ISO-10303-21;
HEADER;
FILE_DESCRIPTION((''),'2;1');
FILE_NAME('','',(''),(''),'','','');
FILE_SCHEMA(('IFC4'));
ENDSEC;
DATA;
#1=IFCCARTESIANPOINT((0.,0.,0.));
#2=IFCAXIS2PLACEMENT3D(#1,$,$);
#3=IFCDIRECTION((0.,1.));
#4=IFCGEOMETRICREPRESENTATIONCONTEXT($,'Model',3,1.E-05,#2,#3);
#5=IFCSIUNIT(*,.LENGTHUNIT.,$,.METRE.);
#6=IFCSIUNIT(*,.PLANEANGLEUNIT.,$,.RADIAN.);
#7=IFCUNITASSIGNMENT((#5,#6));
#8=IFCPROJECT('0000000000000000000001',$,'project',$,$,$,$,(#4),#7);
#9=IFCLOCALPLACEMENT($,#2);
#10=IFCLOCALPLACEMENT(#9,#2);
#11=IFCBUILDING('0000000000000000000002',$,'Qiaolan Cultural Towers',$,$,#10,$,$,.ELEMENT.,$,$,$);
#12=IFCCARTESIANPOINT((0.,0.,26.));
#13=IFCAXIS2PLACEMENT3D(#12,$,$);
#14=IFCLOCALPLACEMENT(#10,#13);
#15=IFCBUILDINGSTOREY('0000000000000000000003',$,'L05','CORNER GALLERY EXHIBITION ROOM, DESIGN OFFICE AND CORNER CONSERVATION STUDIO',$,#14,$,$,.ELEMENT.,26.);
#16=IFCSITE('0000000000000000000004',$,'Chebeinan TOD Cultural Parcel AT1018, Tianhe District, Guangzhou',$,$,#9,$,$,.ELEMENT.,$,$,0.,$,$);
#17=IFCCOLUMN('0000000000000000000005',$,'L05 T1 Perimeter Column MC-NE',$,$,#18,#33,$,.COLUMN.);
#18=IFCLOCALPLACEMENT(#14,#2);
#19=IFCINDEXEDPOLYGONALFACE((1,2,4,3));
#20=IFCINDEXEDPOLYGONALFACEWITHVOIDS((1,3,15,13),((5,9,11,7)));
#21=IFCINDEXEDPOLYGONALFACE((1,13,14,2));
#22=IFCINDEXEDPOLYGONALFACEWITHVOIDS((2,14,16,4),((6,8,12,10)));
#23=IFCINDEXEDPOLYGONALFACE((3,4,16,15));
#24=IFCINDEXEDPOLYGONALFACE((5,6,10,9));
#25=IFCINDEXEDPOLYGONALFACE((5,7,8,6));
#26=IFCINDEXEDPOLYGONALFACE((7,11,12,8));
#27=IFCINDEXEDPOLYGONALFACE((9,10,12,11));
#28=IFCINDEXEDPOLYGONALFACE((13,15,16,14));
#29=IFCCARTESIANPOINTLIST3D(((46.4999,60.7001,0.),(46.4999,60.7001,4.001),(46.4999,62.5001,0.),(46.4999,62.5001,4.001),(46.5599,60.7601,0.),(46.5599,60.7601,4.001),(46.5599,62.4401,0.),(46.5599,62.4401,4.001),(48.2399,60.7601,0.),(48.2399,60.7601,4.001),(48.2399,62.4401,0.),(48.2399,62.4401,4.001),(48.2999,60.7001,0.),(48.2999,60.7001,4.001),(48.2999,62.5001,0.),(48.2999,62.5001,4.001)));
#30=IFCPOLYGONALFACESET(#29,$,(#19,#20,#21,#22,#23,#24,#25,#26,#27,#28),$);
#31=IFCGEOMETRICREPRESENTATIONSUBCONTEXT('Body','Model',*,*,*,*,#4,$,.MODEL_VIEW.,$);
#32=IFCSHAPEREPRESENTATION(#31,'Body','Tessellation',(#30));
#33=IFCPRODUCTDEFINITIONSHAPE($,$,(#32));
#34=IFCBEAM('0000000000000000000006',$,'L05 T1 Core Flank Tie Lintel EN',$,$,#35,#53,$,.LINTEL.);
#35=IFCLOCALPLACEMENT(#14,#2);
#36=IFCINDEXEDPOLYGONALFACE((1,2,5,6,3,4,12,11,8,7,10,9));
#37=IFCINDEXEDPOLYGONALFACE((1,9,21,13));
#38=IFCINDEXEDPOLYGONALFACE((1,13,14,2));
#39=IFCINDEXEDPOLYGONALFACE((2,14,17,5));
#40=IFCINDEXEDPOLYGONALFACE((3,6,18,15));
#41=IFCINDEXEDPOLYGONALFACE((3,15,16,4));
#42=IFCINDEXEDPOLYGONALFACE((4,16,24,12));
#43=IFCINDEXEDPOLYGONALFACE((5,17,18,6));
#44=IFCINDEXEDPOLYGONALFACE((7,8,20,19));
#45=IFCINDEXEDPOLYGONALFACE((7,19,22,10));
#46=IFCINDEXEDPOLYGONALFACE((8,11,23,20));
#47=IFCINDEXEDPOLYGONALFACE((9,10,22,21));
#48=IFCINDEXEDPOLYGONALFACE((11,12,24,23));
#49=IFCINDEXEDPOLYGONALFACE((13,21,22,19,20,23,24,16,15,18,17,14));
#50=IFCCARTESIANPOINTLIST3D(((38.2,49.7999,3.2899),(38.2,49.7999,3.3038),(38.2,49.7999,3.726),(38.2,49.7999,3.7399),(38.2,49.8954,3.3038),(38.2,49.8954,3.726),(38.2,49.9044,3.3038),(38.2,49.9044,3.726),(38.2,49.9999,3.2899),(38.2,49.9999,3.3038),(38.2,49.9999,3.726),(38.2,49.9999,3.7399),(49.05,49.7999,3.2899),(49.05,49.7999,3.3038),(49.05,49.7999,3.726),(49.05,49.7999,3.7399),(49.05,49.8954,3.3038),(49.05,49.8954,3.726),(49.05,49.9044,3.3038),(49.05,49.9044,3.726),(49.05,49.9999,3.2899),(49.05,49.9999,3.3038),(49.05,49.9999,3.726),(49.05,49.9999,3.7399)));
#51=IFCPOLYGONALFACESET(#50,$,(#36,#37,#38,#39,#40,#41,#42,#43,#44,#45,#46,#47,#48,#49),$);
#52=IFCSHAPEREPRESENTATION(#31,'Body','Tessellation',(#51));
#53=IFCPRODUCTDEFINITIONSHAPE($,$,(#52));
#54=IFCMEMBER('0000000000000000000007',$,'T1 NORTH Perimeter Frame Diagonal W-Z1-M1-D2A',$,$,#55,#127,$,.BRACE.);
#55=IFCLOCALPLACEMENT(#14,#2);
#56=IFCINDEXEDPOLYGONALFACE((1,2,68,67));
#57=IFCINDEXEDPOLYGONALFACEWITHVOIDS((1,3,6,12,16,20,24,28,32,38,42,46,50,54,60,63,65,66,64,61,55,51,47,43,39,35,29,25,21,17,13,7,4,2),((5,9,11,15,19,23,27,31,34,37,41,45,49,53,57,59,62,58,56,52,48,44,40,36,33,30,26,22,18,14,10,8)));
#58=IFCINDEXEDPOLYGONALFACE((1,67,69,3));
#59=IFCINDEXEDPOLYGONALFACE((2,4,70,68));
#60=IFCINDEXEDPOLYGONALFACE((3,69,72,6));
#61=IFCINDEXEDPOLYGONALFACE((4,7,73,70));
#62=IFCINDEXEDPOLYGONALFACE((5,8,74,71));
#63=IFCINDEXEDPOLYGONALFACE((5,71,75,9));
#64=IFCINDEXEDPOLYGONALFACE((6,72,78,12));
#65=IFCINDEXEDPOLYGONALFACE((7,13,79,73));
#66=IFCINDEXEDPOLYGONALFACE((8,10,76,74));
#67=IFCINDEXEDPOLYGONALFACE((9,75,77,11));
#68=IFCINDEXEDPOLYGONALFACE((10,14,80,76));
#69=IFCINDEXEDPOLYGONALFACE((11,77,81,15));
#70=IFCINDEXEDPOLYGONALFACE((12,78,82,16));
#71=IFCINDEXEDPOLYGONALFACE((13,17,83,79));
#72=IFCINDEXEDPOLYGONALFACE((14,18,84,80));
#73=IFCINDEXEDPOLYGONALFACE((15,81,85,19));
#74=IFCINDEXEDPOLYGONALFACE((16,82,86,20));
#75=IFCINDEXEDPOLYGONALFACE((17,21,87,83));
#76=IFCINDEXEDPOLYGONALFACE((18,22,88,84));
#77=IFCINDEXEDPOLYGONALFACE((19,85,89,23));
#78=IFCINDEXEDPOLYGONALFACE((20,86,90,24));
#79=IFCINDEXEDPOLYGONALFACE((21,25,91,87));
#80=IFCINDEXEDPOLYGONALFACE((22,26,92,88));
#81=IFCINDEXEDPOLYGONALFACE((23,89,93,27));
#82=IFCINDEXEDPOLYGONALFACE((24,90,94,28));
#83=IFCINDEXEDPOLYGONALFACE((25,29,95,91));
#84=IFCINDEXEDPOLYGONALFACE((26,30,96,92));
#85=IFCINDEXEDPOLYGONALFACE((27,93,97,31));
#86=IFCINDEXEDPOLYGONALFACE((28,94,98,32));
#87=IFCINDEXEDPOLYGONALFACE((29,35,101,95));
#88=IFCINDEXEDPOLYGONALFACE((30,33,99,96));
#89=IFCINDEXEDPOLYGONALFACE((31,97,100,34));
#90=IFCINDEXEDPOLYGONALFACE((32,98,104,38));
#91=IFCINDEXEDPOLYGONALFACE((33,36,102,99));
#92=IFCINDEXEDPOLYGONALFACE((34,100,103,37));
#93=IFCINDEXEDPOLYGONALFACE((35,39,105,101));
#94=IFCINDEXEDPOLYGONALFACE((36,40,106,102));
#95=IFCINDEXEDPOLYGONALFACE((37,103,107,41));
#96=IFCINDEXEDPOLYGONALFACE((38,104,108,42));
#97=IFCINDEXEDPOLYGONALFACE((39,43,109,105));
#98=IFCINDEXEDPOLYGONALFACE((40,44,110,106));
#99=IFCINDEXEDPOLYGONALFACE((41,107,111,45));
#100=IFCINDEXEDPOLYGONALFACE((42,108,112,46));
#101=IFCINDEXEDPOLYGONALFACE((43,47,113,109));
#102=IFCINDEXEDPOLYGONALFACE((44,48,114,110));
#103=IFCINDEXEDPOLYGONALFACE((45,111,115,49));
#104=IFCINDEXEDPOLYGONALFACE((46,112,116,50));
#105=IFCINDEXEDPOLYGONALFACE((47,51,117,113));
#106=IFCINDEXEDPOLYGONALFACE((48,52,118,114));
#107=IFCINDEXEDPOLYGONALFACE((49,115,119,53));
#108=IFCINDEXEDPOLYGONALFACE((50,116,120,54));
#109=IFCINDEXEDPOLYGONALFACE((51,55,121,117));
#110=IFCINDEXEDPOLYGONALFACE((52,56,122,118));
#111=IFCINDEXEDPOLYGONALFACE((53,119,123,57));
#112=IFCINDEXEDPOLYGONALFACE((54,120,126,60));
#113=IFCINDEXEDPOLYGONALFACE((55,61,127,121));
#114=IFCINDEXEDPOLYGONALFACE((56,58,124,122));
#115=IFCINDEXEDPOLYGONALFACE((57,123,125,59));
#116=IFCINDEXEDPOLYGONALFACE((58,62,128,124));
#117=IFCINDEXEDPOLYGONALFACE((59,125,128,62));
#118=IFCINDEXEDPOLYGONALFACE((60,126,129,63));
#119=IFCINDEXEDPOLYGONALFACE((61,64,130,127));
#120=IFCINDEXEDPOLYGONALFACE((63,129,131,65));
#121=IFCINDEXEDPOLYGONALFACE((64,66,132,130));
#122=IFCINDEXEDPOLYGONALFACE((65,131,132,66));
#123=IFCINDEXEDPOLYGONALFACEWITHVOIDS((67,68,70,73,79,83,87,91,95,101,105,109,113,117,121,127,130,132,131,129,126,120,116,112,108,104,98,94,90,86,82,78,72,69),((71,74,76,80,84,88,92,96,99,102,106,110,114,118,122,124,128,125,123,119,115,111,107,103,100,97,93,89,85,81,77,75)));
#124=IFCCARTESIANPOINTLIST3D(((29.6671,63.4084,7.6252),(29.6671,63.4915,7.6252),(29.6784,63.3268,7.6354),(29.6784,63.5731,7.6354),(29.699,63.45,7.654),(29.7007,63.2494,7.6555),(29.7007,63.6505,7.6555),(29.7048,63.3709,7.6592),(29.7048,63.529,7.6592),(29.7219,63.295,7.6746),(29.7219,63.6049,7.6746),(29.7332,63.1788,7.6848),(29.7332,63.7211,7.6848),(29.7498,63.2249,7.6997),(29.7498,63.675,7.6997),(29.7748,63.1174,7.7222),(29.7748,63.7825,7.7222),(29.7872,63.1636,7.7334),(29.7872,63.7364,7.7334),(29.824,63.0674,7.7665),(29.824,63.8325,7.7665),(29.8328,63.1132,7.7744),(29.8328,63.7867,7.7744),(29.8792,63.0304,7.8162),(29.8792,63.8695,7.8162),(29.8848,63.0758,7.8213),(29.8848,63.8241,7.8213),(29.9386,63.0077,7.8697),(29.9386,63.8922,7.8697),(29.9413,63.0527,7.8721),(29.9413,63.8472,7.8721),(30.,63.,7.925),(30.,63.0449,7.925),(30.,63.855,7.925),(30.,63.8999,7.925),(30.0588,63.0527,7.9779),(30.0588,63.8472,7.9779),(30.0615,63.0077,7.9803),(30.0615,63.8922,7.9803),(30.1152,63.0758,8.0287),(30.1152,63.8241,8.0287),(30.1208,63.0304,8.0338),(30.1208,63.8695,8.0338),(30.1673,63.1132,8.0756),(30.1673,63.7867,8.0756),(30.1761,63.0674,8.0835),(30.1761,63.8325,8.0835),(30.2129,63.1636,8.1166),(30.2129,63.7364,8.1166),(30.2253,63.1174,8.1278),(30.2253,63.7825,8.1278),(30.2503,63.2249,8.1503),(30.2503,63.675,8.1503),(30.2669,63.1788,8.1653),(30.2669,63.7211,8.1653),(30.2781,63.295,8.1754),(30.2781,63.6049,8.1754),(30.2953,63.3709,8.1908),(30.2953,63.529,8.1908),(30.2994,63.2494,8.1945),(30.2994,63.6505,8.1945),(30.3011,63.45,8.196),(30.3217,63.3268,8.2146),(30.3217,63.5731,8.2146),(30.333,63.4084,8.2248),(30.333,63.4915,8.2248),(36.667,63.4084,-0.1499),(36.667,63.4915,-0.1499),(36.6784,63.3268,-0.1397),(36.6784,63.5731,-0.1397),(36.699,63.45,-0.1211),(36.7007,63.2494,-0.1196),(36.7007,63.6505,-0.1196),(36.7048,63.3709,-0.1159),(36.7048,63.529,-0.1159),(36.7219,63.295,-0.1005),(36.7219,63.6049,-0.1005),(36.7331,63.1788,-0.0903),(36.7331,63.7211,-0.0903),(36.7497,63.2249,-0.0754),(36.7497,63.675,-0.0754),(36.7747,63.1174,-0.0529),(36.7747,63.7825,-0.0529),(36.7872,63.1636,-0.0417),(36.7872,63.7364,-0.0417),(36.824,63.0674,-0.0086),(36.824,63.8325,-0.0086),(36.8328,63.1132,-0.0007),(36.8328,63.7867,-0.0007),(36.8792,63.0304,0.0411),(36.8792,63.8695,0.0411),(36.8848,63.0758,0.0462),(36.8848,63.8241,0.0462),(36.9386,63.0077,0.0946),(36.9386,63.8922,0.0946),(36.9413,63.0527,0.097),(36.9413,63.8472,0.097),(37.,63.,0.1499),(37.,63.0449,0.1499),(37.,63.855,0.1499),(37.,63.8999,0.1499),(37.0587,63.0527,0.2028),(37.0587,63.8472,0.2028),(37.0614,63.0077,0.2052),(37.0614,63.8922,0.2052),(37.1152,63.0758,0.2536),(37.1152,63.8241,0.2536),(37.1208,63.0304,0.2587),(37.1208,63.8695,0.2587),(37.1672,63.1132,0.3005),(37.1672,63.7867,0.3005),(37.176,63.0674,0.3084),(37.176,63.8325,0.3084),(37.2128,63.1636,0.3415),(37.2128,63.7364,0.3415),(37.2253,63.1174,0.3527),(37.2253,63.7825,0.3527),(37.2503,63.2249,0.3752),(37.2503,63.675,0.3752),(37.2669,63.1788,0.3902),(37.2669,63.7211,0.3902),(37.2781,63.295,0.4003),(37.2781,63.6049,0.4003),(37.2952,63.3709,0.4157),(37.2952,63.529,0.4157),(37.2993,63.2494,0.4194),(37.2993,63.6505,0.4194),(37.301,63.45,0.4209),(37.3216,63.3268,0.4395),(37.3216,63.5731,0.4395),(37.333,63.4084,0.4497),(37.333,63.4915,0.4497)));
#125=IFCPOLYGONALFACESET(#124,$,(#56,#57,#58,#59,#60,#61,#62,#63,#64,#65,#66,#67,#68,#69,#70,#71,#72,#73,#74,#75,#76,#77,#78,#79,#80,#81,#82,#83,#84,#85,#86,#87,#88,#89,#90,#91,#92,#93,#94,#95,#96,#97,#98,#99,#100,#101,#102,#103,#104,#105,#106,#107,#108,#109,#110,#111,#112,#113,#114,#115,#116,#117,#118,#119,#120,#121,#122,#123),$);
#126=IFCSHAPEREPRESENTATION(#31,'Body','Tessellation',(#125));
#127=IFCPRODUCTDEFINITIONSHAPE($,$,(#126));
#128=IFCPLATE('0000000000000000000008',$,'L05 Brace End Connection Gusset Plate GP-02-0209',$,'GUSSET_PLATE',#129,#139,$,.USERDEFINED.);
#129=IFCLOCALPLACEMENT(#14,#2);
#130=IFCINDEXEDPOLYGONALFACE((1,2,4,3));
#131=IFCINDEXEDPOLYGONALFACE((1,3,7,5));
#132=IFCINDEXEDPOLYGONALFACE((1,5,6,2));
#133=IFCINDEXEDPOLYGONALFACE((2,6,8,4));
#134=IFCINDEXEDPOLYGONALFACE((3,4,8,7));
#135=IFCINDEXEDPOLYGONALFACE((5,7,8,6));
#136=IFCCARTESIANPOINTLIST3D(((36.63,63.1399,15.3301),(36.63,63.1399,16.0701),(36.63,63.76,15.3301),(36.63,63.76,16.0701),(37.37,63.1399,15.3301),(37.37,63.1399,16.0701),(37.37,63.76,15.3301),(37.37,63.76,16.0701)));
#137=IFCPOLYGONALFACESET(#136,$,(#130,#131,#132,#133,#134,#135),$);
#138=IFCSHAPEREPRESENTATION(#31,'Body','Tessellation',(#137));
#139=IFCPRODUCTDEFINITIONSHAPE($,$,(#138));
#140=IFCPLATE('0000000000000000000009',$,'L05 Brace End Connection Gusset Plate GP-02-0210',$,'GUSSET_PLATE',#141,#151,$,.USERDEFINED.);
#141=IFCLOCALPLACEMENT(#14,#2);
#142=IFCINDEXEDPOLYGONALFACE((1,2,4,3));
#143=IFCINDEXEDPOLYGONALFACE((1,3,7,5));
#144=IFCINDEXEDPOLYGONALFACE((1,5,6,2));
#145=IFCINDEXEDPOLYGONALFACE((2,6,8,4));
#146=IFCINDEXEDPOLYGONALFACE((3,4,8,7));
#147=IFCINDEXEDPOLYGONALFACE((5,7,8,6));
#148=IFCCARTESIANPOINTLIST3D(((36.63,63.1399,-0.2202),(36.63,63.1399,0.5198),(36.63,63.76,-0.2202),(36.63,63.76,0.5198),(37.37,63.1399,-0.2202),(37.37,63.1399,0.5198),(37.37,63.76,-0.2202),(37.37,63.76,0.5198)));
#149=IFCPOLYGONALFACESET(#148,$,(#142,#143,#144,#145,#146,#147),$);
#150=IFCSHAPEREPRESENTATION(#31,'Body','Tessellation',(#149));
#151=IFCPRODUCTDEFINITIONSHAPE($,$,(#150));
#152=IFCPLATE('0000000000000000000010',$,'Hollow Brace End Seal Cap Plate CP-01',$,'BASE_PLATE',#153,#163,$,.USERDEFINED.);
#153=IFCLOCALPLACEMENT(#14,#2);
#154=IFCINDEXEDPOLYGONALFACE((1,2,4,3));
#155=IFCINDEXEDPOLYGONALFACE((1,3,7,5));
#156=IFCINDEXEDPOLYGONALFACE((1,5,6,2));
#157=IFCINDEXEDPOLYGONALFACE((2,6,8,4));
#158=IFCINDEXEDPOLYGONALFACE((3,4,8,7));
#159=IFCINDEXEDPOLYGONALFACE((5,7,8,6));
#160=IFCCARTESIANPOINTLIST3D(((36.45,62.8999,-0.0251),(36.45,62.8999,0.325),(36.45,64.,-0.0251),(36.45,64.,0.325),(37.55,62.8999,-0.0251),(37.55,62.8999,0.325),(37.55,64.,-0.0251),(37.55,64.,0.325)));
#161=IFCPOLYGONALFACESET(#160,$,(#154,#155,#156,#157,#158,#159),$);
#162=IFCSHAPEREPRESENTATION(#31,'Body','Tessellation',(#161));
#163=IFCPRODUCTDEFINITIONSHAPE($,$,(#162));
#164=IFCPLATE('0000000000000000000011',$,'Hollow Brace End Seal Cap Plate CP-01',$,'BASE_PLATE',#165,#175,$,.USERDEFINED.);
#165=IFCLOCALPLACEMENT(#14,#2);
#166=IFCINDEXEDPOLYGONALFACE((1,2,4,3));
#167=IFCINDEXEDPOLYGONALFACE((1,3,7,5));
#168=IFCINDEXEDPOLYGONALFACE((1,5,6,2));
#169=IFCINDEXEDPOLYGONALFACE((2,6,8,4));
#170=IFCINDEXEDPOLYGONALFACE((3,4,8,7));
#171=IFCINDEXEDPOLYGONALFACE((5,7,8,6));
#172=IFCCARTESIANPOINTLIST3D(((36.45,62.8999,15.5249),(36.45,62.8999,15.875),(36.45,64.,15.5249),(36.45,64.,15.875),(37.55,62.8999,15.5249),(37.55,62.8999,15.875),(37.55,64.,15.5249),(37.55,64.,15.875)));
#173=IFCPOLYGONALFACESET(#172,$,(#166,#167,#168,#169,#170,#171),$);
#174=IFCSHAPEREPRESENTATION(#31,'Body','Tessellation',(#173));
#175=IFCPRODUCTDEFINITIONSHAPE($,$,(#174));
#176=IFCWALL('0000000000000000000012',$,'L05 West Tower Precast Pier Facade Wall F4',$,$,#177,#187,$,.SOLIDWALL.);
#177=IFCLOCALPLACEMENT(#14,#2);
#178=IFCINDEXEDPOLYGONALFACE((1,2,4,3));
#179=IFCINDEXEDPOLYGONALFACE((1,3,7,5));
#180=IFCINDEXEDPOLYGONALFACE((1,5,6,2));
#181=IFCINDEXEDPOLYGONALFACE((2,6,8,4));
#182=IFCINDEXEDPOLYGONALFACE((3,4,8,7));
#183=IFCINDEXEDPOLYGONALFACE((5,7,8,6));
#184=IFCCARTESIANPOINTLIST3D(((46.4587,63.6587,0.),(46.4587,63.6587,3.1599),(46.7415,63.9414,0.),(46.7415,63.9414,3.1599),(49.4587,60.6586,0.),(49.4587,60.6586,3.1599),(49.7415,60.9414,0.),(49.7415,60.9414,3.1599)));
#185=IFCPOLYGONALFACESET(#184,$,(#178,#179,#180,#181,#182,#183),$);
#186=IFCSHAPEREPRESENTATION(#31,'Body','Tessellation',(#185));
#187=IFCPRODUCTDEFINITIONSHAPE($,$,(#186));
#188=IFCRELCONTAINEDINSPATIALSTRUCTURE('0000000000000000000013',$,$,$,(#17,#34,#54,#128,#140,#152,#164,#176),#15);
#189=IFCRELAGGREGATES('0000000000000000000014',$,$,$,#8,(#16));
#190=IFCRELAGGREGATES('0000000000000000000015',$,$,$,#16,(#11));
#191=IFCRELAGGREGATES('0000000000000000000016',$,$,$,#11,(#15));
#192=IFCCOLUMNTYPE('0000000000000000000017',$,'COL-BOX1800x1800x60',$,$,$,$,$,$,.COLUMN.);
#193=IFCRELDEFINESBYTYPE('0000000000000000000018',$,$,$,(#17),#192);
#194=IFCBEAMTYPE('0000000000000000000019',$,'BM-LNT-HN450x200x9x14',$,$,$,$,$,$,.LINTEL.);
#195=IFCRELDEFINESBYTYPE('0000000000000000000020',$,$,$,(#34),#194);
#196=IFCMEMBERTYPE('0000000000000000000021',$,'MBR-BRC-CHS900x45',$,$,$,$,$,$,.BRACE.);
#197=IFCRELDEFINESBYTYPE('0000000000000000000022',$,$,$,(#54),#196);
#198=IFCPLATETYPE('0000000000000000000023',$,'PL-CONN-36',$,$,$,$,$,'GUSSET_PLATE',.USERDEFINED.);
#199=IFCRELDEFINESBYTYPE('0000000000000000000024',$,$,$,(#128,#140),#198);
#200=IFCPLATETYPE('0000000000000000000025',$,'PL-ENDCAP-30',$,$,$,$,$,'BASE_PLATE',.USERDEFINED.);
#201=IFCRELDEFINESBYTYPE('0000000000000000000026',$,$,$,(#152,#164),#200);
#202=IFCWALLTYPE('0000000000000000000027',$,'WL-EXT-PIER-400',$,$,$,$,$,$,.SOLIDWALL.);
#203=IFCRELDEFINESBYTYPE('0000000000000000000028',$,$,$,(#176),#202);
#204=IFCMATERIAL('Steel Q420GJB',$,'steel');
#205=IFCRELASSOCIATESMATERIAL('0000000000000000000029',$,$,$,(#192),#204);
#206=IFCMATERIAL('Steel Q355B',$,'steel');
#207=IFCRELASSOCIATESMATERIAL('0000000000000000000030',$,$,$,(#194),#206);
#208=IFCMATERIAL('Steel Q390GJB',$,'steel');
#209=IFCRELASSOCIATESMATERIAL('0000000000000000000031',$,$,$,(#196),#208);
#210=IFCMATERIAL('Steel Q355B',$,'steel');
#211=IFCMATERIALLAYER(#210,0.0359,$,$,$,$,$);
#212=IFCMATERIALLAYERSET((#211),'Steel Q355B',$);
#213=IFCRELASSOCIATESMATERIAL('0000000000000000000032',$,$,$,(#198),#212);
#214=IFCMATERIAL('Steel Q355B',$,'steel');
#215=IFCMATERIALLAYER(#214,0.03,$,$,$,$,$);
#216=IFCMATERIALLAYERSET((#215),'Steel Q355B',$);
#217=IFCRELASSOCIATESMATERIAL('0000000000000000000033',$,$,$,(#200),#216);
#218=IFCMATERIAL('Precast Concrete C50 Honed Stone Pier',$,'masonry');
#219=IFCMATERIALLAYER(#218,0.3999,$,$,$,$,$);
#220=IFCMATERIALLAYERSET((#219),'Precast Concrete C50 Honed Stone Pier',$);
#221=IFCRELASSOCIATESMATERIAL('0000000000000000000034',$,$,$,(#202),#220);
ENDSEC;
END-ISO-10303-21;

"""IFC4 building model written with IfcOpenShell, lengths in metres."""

from ifc_helpers import new_model, si_unit, direction, frame, frame_2d, origin, origin_2d, place, context, subcontext, project, spatial, rectangle, hollow_rectangle, hollow_circle, i_section, extrude, material, layer, layer_set, material_profile, profile_set, type_object, element, save


model = new_model("IFC4")

# Units and contexts
model_context = context("Model", 3, precision=1e-05, world=origin(), true_north=direction((0.0, 1.0)))
body_context = subcontext(model_context, "Body", "Model", "MODEL_VIEW")
ifc_project = project(units=[si_unit("LENGTHUNIT", "METRE"), si_unit("PLANEANGLEUNIT", "RADIAN")], contexts=[model_context])

# Site, building, storey
site_placement = place(None, origin())
site = spatial("IfcSite", under=ifc_project, at=site_placement, Name="Chebeinan TOD Cultural Parcel AT1018, Tianhe District, Guangzhou", CompositionType="ELEMENT", RefElevation=0.0)
building_placement = place(site_placement, origin())
building = spatial("IfcBuilding", under=site, at=building_placement, Name="Qiaolan Cultural Towers", CompositionType="ELEMENT")
storey_placement = place(building_placement, frame((0.0, 0.0, 26.0)))
storey = spatial("IfcBuildingStorey", under=building, at=storey_placement, Name="L05", Description="CORNER GALLERY EXHIBITION ROOM, DESIGN OFFICE AND CORNER CONSERVATION STUDIO", CompositionType="ELEMENT", Elevation=26.0)

# Column
ifc_material_1 = material(Name="Steel Q420GJB", Category="steel")
ifc_material_profile_1 = material_profile(ifc_material_1, hollow_rectangle(XDim=1.8, YDim=1.8, WallThickness=0.0601, at=origin_2d()), Name="BOX1800x1800x60")
ifc_profile_set_1 = profile_set([ifc_material_profile_1], Name="Steel Q420GJB")
column_type = type_object("IfcColumnType", Name="COL-BOX1800x1800x60", PredefinedType="COLUMN", material=ifc_profile_set_1)
column_placement = place(storey_placement, frame((47.3999, 61.6001, 0.0), z_axis=(0.0, 0.0, 1.0), x_axis=(1.0, 0.0, 0.0)))
element("IfcColumn", 1, at=column_placement, inside=storey, type_object=column_type, Name="L05 T1 Perimeter Column MC-NE", PredefinedType="COLUMN", context=body_context, shape_type="SweptSolid", body=[
    extrude(hollow_rectangle(XDim=1.8, YDim=1.8, WallThickness=0.0601, at=origin_2d()), origin(), (0.0, 0.0, 1.0), 4.001),
])

# Beam
ifc_material_2 = material(Name="Steel Q355B", Category="steel")
ifc_material_profile_2 = material_profile(ifc_material_2, i_section(OverallWidth=0.2, OverallDepth=0.45, WebThickness=0.009, FlangeThickness=0.0139, at=origin_2d()), Name="HN450x200x9x14")
ifc_profile_set_2 = profile_set([ifc_material_profile_2], Name="Steel Q355B")
beam_type = type_object("IfcBeamType", Name="BM-LNT-HN450x200x9x14", PredefinedType="LINTEL", material=ifc_profile_set_2)
beam_placement = place(storey_placement, frame((38.2, 49.8999, 3.5149), z_axis=(1.0, 0.0, 0.0), x_axis=(0.0, 1.0, 0.0)))
element("IfcBeam", 2, at=beam_placement, inside=storey, type_object=beam_type, Name="L05 T1 Core Flank Tie Lintel EN", PredefinedType="LINTEL", context=body_context, shape_type="SweptSolid", body=[
    extrude(i_section(OverallWidth=0.2, OverallDepth=0.45, WebThickness=0.009, FlangeThickness=0.0139, at=origin_2d()), origin(), (0.0, 0.0, 1.0), 10.8501),
])

# Member
ifc_material_3 = material(Name="Steel Q390GJB", Category="steel")
ifc_material_profile_3 = material_profile(ifc_material_3, hollow_circle(Radius=0.45, WallThickness=0.0449, at=origin_2d()), Name="CHS900x45")
ifc_profile_set_3 = profile_set([ifc_material_profile_3], Name="Steel Q390GJB")
member_type = type_object("IfcMemberType", Name="MBR-BRC-CHS900x45", PredefinedType="BRACE", material=ifc_profile_set_3)
member_placement = place(storey_placement, frame((37.0, 63.45, 0.1499), z_axis=(-0.66909, 0.0, 0.743182), x_axis=(0.0, -1.0, 0.0)))
element("IfcMember", 3, at=member_placement, inside=storey, type_object=member_type, Name="T1 NORTH Perimeter Frame Diagonal W-Z1-M1-D2A", PredefinedType="BRACE", context=body_context, shape_type="SweptSolid", body=[
    extrude(hollow_circle(Radius=0.45, WallThickness=0.0449, at=origin_2d()), origin(), (0.0, 0.0, 1.0), 10.4619),
])

# Plates
ifc_material_4 = material(Name="Steel Q355B", Category="steel")
ifc_layer_1 = layer(ifc_material_4, 0.0359)
ifc_layer_set_1 = layer_set([ifc_layer_1], Name="Steel Q355B")
plate_type_1 = type_object("IfcPlateType", Name="PL-CONN-36", ElementType="GUSSET_PLATE", PredefinedType="USERDEFINED", material=ifc_layer_set_1)
for number, where, z_axis, x_axis, name in (
    (4, (37.0, 63.45, 15.3301), (0.0, 0.0, 1.0), (1.0, 0.0, 0.0), "L05 Brace End Connection Gusset Plate GP-02-0209"),
    (5, (37.0, 63.45, -0.2202), (0.0, 0.0, 1.0), (1.0, 0.0, 0.0), "L05 Brace End Connection Gusset Plate GP-02-0210"),
):
    element("IfcPlate", number, at=place(storey_placement, frame(where, z_axis=z_axis, x_axis=x_axis)), inside=storey, type_object=plate_type_1, Name=name, ObjectType="GUSSET_PLATE", PredefinedType="USERDEFINED", context=body_context, shape_type="SweptSolid", body=[
        extrude(rectangle(XDim=0.74, YDim=0.6201, at=origin_2d()), origin(), (0.0, 0.0, 1.0), 0.74),
    ])
ifc_material_5 = material(Name="Steel Q355B", Category="steel")
ifc_layer_2 = layer(ifc_material_5, 0.03)
ifc_layer_set_2 = layer_set([ifc_layer_2], Name="Steel Q355B")
plate_type_2 = type_object("IfcPlateType", Name="PL-ENDCAP-30", ElementType="BASE_PLATE", PredefinedType="USERDEFINED", material=ifc_layer_set_2)
for number, where, z_axis, x_axis, name in (
    (6, (37.0, 63.45, -0.0251), (0.0, 0.0, 1.0), (1.0, 0.0, 0.0), "Hollow Brace End Seal Cap Plate CP-01"),
    (7, (37.0, 63.45, 15.5249), (0.0, 0.0, 1.0), (1.0, 0.0, 0.0), "Hollow Brace End Seal Cap Plate CP-01"),
):
    element("IfcPlate", number, at=place(storey_placement, frame(where, z_axis=z_axis, x_axis=x_axis)), inside=storey, type_object=plate_type_2, Name=name, ObjectType="BASE_PLATE", PredefinedType="USERDEFINED", context=body_context, shape_type="SweptSolid", body=[
        extrude(rectangle(XDim=1.1001, YDim=1.1001, at=origin_2d()), origin(), (0.0, 0.0, 1.0), 0.3501),
    ])

# Wall
ifc_material_6 = material(Name="Precast Concrete C50 Honed Stone Pier", Category="masonry")
ifc_layer_3 = layer(ifc_material_6, 0.3999)
ifc_layer_set_3 = layer_set([ifc_layer_3], Name="Precast Concrete C50 Honed Stone Pier")
wall_type_1 = type_object("IfcWallType", Name="WL-EXT-PIER-400", PredefinedType="SOLIDWALL", material=ifc_layer_set_3)
wall_1_placement = place(storey_placement, frame((46.6001, 63.8, 0.0), z_axis=(0.0, 0.0, 1.0), x_axis=(0.707107, -0.707107, 0.0)))
element("IfcWall", 8, at=wall_1_placement, inside=storey, type_object=wall_type_1, Name="L05 West Tower Precast Pier Facade Wall F4", PredefinedType="SOLIDWALL", context=body_context, shape_type="SweptSolid", body=[
    extrude(rectangle(XDim=4.2427, YDim=0.3999, at=frame_2d((2.1213, 0.0))), origin(), (0.0, 0.0, 1.0), 3.1599),
])

save(model, "model.ifc")
